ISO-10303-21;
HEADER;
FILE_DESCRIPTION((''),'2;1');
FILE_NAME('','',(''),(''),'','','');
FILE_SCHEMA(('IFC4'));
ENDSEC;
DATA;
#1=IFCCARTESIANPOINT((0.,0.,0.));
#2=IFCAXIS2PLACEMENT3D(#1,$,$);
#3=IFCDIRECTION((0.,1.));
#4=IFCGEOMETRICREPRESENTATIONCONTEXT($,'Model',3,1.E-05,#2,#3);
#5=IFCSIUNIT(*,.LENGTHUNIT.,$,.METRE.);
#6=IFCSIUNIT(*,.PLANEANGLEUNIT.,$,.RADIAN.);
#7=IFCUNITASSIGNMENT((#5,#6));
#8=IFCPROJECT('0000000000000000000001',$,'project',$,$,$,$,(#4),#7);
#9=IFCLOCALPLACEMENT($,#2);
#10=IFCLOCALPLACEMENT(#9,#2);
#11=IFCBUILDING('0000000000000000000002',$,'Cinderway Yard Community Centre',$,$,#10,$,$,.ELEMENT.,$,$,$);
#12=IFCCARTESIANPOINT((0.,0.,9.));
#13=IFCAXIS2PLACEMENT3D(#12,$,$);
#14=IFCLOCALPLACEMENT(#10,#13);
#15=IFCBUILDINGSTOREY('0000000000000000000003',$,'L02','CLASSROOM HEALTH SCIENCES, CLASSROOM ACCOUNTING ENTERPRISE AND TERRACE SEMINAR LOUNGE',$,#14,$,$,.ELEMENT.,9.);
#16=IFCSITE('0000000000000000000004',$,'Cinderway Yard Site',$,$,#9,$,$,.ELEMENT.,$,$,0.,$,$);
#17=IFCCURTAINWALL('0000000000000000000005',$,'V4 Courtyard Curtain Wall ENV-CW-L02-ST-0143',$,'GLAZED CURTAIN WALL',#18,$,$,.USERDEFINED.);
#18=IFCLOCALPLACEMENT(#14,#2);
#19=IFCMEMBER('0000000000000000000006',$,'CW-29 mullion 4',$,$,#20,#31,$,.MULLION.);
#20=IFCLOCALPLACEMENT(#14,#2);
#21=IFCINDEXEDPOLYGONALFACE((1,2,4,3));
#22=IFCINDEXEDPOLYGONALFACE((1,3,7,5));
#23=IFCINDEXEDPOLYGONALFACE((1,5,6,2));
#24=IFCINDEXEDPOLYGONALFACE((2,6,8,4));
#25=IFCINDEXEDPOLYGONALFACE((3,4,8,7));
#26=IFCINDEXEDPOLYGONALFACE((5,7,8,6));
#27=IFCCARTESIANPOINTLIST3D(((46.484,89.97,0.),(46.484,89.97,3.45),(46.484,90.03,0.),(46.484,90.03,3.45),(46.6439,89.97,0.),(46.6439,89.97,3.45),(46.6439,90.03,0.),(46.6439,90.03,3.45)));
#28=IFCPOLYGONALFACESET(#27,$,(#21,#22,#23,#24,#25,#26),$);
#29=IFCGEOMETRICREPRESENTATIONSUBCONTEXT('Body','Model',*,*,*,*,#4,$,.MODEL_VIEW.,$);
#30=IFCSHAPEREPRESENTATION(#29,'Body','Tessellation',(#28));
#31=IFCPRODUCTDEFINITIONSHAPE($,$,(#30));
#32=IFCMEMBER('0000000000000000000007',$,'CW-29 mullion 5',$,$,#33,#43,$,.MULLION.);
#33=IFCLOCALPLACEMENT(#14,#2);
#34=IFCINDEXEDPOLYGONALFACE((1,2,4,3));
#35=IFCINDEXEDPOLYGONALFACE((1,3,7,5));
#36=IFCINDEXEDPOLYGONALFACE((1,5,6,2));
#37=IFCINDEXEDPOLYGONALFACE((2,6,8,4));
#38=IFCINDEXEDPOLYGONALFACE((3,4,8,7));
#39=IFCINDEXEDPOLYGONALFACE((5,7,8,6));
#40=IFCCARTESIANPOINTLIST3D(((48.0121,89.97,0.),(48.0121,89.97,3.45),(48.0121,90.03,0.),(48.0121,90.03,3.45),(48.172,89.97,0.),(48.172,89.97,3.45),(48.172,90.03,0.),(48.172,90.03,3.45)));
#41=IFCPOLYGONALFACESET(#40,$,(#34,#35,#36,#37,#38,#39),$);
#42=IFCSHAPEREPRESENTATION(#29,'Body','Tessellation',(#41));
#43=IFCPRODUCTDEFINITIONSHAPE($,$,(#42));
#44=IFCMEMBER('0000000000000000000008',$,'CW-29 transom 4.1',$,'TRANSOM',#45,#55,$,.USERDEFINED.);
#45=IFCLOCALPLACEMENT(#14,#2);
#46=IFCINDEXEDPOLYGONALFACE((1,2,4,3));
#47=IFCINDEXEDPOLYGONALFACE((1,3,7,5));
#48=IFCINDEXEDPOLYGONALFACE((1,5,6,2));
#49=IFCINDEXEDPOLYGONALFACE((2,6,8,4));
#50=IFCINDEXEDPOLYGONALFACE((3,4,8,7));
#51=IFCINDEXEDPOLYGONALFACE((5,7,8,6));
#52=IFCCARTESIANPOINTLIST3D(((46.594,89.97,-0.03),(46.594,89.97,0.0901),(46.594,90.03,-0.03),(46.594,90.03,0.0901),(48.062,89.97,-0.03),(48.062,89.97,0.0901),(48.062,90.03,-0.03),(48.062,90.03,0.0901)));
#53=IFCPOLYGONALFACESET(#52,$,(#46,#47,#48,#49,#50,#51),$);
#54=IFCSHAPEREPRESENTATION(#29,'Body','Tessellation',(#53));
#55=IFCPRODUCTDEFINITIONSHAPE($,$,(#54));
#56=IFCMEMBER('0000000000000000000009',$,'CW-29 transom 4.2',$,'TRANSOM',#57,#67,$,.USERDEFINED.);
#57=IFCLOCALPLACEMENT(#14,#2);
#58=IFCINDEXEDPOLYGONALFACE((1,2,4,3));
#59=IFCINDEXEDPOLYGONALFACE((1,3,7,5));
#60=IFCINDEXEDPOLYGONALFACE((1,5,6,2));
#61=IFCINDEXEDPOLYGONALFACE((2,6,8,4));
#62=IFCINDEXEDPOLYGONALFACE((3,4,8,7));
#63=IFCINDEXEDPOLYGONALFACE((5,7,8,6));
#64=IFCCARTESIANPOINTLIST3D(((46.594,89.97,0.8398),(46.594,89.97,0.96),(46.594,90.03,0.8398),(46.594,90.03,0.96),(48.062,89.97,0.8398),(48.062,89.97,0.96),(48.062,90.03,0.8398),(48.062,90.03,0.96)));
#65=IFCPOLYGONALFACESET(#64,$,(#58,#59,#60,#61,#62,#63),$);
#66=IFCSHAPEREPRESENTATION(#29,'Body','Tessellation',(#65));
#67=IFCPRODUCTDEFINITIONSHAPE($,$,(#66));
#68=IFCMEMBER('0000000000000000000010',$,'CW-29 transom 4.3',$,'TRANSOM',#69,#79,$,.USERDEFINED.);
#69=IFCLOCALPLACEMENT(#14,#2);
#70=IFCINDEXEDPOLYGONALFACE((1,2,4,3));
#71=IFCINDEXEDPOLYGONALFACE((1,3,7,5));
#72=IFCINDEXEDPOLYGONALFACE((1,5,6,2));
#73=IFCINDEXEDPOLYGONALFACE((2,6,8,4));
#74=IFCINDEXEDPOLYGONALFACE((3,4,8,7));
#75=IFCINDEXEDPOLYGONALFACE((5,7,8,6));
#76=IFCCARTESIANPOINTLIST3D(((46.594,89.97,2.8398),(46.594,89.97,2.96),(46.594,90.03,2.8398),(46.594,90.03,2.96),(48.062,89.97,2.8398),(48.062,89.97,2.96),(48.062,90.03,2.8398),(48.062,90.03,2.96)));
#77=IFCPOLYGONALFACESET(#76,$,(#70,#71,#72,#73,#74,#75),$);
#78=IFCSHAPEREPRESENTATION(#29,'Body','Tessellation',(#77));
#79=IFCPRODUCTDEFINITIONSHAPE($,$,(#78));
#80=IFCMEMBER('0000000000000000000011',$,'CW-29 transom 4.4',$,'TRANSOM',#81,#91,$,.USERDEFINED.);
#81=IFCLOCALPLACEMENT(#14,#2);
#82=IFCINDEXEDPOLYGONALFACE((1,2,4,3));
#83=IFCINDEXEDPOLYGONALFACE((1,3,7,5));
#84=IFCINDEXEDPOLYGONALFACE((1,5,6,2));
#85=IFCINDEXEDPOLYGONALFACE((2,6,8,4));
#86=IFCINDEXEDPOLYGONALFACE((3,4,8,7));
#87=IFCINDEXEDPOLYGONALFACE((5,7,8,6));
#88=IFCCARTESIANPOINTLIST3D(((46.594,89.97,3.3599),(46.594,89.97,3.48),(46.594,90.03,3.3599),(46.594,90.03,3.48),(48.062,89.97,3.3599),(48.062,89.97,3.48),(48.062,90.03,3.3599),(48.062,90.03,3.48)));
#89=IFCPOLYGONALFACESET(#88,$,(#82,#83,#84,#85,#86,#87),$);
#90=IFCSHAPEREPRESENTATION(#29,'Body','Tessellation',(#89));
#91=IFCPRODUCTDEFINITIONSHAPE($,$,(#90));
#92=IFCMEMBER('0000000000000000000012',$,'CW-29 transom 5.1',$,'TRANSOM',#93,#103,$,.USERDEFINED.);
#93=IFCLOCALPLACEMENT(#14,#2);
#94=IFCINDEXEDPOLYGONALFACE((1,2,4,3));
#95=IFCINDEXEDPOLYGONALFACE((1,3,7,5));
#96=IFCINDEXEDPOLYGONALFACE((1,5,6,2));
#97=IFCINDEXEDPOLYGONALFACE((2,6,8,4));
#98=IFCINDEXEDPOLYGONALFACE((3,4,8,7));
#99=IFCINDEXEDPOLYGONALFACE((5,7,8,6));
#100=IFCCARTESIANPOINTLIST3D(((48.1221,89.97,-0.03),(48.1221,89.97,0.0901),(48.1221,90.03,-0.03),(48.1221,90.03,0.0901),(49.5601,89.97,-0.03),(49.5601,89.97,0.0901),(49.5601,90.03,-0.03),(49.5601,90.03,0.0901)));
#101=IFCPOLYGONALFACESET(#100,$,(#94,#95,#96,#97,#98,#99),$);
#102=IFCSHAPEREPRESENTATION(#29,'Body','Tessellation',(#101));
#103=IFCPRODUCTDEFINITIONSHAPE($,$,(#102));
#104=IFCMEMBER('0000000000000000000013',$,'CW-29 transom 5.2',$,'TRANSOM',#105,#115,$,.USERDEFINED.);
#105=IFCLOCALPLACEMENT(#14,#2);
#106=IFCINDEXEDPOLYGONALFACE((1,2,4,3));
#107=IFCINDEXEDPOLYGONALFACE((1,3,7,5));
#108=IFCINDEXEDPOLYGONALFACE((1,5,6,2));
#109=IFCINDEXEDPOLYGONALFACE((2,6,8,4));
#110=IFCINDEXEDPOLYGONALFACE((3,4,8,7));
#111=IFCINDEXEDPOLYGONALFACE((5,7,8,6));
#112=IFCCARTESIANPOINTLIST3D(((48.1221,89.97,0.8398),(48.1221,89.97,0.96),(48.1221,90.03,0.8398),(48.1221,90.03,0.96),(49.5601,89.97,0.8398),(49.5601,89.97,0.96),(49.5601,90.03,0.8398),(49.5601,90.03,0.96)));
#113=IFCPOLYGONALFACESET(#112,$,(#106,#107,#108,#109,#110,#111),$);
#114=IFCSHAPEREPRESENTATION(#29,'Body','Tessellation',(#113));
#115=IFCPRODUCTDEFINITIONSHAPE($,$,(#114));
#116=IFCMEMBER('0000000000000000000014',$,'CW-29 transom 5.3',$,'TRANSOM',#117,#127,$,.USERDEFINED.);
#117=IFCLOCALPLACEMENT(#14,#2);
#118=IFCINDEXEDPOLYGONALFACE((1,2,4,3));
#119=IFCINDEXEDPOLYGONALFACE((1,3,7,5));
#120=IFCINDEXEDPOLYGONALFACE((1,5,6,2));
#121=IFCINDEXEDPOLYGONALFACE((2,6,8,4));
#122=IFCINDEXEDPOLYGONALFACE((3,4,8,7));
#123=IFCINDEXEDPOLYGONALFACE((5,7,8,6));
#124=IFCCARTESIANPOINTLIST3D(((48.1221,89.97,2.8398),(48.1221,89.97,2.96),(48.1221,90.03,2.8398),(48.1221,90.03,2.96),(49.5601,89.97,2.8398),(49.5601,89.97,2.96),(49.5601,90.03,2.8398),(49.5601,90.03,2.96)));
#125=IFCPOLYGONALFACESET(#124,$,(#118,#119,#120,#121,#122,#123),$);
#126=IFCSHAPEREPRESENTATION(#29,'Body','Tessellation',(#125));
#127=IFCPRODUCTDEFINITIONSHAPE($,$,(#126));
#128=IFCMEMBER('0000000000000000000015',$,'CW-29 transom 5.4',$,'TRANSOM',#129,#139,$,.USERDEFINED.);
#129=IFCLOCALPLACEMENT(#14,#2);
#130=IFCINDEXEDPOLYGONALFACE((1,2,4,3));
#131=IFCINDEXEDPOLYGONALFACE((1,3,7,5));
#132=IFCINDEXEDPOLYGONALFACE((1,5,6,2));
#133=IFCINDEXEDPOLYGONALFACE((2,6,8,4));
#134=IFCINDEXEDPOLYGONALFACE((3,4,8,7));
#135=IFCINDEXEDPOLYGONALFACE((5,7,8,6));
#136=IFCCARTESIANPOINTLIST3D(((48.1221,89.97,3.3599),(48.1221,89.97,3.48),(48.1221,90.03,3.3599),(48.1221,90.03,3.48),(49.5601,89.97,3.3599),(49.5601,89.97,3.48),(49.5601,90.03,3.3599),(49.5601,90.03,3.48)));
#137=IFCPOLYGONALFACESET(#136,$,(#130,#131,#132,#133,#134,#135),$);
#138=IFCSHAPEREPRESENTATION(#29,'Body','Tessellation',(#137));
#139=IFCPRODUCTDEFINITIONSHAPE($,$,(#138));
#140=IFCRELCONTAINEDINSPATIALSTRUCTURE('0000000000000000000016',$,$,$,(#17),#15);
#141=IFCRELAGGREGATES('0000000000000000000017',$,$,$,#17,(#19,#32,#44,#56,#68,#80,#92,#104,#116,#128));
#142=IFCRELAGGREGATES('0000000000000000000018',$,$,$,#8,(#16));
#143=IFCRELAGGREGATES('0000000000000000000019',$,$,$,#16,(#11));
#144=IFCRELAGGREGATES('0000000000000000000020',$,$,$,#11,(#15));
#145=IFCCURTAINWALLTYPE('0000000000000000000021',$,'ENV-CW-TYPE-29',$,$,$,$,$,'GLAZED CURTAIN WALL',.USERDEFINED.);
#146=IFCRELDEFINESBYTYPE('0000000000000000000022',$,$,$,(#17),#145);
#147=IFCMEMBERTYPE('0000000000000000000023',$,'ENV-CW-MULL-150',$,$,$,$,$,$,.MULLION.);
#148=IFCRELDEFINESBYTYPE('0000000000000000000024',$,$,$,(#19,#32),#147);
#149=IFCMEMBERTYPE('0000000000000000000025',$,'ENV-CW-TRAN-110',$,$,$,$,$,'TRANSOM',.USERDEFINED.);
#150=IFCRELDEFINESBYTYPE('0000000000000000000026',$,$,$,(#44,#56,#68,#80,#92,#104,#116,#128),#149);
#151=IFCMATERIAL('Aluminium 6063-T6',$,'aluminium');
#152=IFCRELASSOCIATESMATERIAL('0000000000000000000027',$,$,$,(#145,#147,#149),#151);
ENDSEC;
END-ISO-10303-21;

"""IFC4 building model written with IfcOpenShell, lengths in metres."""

from ifc_helpers import new_model, si_unit, direction, frame, origin, origin_2d, place, context, subcontext, project, spatial, rectangle, extrude, material, material_profile, profile_set, type_object, element, aggregate, save


model = new_model("IFC4")

# Units and contexts
model_context = context("Model", 3, precision=1e-05, world=origin(), true_north=direction((0.0, 1.0)))
body_context = subcontext(model_context, "Body", "Model", "MODEL_VIEW")
ifc_project = project(units=[si_unit("LENGTHUNIT", "METRE"), si_unit("PLANEANGLEUNIT", "RADIAN")], contexts=[model_context])

# Site, building, storey
site_placement = place(None, origin())
site = spatial("IfcSite", under=ifc_project, at=site_placement, Name="Cinderway Yard Site", CompositionType="ELEMENT", RefElevation=0.0)
building_placement = place(site_placement, origin())
building = spatial("IfcBuilding", under=site, at=building_placement, Name="Cinderway Yard Community Centre", CompositionType="ELEMENT")
storey_placement = place(building_placement, frame((0.0, 0.0, 9.0)))
storey = spatial("IfcBuildingStorey", under=building, at=storey_placement, Name="L02", Description="CLASSROOM HEALTH SCIENCES, CLASSROOM ACCOUNTING ENTERPRISE AND TERRACE SEMINAR LOUNGE", CompositionType="ELEMENT", Elevation=9.0)

# Curtain wall, members
ifc_material_1 = material(Name="Aluminium 6063-T6", Category="aluminium")
curtain_wall_type = type_object("IfcCurtainWallType", Name="ENV-CW-TYPE-29", ElementType="GLAZED CURTAIN WALL", PredefinedType="USERDEFINED", material=ifc_material_1)
curtain_wall_placement = place(storey_placement, origin())
curtain_wall = element("IfcCurtainWall", 1, at=curtain_wall_placement, inside=storey, type_object=curtain_wall_type, Name="V4 Courtyard Curtain Wall ENV-CW-L02-ST-0143", ObjectType="GLAZED CURTAIN WALL", PredefinedType="USERDEFINED")
ifc_material_profile_1 = material_profile(ifc_material_1, rectangle(XDim=0.0601, YDim=0.1599, at=origin_2d()), Name="Aluminium 6063-T6")
ifc_profile_set_1 = profile_set([ifc_material_profile_1], Name="Aluminium 6063-T6")
member_type_1 = type_object("IfcMemberType", Name="ENV-CW-MULL-150", PredefinedType="MULLION", material=ifc_profile_set_1)
member_1_placement = place(storey_placement, frame((46.564, 90.0, 0.0), z_axis=(0.0, 0.0, 1.0), x_axis=(0.0, 1.0, 0.0)))
member_1 = element("IfcMember", 2, at=member_1_placement, type_object=member_type_1, Name="CW-29 mullion 4", PredefinedType="MULLION", context=body_context, shape_type="SweptSolid", body=[
    extrude(rectangle(XDim=0.0601, YDim=0.1599, at=origin_2d()), origin(), (0.0, 0.0, 1.0), 3.45),
])
member_2_placement = place(storey_placement, frame((48.092, 90.0, 0.0), z_axis=(0.0, 0.0, 1.0), x_axis=(0.0, 1.0, 0.0)))
member_2 = element("IfcMember", 3, at=member_2_placement, type_object=member_type_1, Name="CW-29 mullion 5", PredefinedType="MULLION", context=body_context, shape_type="SweptSolid", body=[
    extrude(rectangle(XDim=0.0601, YDim=0.1599, at=origin_2d()), origin(), (0.0, 0.0, 1.0), 3.45),
])
ifc_material_profile_2 = material_profile(ifc_material_1, rectangle(XDim=0.0601, YDim=0.1201, at=origin_2d()), Name="Aluminium 6063-T6")
ifc_profile_set_2 = profile_set([ifc_material_profile_2], Name="Aluminium 6063-T6")
member_type_2 = type_object("IfcMemberType", Name="ENV-CW-TRAN-110", ElementType="TRANSOM", PredefinedType="USERDEFINED", material=ifc_profile_set_2)
member_3_placement = place(storey_placement, frame((46.594, 90.0, 0.03), z_axis=(1.0, 0.0, 0.0), x_axis=(0.0, 1.0, 0.0)))
member_3 = element("IfcMember", 4, at=member_3_placement, type_object=member_type_2, Name="CW-29 transom 4.1", ObjectType="TRANSOM", PredefinedType="USERDEFINED", context=body_context, shape_type="SweptSolid", body=[
    extrude(rectangle(XDim=0.0601, YDim=0.1201, at=origin_2d()), origin(), (0.0, 0.0, 1.0), 1.468),
])
member_4_placement = place(storey_placement, frame((46.594, 90.0, 0.8999), z_axis=(1.0, 0.0, 0.0), x_axis=(0.0, 1.0, 0.0)))
member_4 = element("IfcMember", 5, at=member_4_placement, type_object=member_type_2, Name="CW-29 transom 4.2", ObjectType="TRANSOM", PredefinedType="USERDEFINED", context=body_context, shape_type="SweptSolid", body=[
    extrude(rectangle(XDim=0.0601, YDim=0.1201, at=origin_2d()), origin(), (0.0, 0.0, 1.0), 1.468),
])
member_5_placement = place(storey_placement, frame((46.594, 90.0, 2.8999), z_axis=(1.0, 0.0, 0.0), x_axis=(0.0, 1.0, 0.0)))
member_5 = element("IfcMember", 6, at=member_5_placement, type_object=member_type_2, Name="CW-29 transom 4.3", ObjectType="TRANSOM", PredefinedType="USERDEFINED", context=body_context, shape_type="SweptSolid", body=[
    extrude(rectangle(XDim=0.0601, YDim=0.1201, at=origin_2d()), origin(), (0.0, 0.0, 1.0), 1.468),
])
member_6_placement = place(storey_placement, frame((46.594, 90.0, 3.4199), z_axis=(1.0, 0.0, 0.0), x_axis=(0.0, 1.0, 0.0)))
member_6 = element("IfcMember", 7, at=member_6_placement, type_object=member_type_2, Name="CW-29 transom 4.4", ObjectType="TRANSOM", PredefinedType="USERDEFINED", context=body_context, shape_type="SweptSolid", body=[
    extrude(rectangle(XDim=0.0601, YDim=0.1201, at=origin_2d()), origin(), (0.0, 0.0, 1.0), 1.468),
])
member_7_placement = place(storey_placement, frame((48.1221, 90.0, 0.03), z_axis=(1.0, 0.0, 0.0), x_axis=(0.0, 1.0, 0.0)))
member_7 = element("IfcMember", 8, at=member_7_placement, type_object=member_type_2, Name="CW-29 transom 5.1", ObjectType="TRANSOM", PredefinedType="USERDEFINED", context=body_context, shape_type="SweptSolid", body=[
    extrude(rectangle(XDim=0.0601, YDim=0.1201, at=origin_2d()), origin(), (0.0, 0.0, 1.0), 1.438),
])
member_8_placement = place(storey_placement, frame((48.1221, 90.0, 0.8999), z_axis=(1.0, 0.0, 0.0), x_axis=(0.0, 1.0, 0.0)))
member_8 = element("IfcMember", 9, at=member_8_placement, type_object=member_type_2, Name="CW-29 transom 5.2", ObjectType="TRANSOM", PredefinedType="USERDEFINED", context=body_context, shape_type="SweptSolid", body=[
    extrude(rectangle(XDim=0.0601, YDim=0.1201, at=origin_2d()), origin(), (0.0, 0.0, 1.0), 1.438),
])
member_9_placement = place(storey_placement, frame((48.1221, 90.0, 2.8999), z_axis=(1.0, 0.0, 0.0), x_axis=(0.0, 1.0, 0.0)))
member_9 = element("IfcMember", 10, at=member_9_placement, type_object=member_type_2, Name="CW-29 transom 5.3", ObjectType="TRANSOM", PredefinedType="USERDEFINED", context=body_context, shape_type="SweptSolid", body=[
    extrude(rectangle(XDim=0.0601, YDim=0.1201, at=origin_2d()), origin(), (0.0, 0.0, 1.0), 1.438),
])
member_10_placement = place(storey_placement, frame((48.1221, 90.0, 3.4199), z_axis=(1.0, 0.0, 0.0), x_axis=(0.0, 1.0, 0.0)))
member_10 = element("IfcMember", 11, at=member_10_placement, type_object=member_type_2, Name="CW-29 transom 5.4", ObjectType="TRANSOM", PredefinedType="USERDEFINED", context=body_context, shape_type="SweptSolid", body=[
    extrude(rectangle(XDim=0.0601, YDim=0.1201, at=origin_2d()), origin(), (0.0, 0.0, 1.0), 1.438),
])

aggregate(curtain_wall, [member_1, member_2, member_3, member_4, member_5, member_6, member_7, member_8, member_9, member_10])

save(model, "model.ifc")
